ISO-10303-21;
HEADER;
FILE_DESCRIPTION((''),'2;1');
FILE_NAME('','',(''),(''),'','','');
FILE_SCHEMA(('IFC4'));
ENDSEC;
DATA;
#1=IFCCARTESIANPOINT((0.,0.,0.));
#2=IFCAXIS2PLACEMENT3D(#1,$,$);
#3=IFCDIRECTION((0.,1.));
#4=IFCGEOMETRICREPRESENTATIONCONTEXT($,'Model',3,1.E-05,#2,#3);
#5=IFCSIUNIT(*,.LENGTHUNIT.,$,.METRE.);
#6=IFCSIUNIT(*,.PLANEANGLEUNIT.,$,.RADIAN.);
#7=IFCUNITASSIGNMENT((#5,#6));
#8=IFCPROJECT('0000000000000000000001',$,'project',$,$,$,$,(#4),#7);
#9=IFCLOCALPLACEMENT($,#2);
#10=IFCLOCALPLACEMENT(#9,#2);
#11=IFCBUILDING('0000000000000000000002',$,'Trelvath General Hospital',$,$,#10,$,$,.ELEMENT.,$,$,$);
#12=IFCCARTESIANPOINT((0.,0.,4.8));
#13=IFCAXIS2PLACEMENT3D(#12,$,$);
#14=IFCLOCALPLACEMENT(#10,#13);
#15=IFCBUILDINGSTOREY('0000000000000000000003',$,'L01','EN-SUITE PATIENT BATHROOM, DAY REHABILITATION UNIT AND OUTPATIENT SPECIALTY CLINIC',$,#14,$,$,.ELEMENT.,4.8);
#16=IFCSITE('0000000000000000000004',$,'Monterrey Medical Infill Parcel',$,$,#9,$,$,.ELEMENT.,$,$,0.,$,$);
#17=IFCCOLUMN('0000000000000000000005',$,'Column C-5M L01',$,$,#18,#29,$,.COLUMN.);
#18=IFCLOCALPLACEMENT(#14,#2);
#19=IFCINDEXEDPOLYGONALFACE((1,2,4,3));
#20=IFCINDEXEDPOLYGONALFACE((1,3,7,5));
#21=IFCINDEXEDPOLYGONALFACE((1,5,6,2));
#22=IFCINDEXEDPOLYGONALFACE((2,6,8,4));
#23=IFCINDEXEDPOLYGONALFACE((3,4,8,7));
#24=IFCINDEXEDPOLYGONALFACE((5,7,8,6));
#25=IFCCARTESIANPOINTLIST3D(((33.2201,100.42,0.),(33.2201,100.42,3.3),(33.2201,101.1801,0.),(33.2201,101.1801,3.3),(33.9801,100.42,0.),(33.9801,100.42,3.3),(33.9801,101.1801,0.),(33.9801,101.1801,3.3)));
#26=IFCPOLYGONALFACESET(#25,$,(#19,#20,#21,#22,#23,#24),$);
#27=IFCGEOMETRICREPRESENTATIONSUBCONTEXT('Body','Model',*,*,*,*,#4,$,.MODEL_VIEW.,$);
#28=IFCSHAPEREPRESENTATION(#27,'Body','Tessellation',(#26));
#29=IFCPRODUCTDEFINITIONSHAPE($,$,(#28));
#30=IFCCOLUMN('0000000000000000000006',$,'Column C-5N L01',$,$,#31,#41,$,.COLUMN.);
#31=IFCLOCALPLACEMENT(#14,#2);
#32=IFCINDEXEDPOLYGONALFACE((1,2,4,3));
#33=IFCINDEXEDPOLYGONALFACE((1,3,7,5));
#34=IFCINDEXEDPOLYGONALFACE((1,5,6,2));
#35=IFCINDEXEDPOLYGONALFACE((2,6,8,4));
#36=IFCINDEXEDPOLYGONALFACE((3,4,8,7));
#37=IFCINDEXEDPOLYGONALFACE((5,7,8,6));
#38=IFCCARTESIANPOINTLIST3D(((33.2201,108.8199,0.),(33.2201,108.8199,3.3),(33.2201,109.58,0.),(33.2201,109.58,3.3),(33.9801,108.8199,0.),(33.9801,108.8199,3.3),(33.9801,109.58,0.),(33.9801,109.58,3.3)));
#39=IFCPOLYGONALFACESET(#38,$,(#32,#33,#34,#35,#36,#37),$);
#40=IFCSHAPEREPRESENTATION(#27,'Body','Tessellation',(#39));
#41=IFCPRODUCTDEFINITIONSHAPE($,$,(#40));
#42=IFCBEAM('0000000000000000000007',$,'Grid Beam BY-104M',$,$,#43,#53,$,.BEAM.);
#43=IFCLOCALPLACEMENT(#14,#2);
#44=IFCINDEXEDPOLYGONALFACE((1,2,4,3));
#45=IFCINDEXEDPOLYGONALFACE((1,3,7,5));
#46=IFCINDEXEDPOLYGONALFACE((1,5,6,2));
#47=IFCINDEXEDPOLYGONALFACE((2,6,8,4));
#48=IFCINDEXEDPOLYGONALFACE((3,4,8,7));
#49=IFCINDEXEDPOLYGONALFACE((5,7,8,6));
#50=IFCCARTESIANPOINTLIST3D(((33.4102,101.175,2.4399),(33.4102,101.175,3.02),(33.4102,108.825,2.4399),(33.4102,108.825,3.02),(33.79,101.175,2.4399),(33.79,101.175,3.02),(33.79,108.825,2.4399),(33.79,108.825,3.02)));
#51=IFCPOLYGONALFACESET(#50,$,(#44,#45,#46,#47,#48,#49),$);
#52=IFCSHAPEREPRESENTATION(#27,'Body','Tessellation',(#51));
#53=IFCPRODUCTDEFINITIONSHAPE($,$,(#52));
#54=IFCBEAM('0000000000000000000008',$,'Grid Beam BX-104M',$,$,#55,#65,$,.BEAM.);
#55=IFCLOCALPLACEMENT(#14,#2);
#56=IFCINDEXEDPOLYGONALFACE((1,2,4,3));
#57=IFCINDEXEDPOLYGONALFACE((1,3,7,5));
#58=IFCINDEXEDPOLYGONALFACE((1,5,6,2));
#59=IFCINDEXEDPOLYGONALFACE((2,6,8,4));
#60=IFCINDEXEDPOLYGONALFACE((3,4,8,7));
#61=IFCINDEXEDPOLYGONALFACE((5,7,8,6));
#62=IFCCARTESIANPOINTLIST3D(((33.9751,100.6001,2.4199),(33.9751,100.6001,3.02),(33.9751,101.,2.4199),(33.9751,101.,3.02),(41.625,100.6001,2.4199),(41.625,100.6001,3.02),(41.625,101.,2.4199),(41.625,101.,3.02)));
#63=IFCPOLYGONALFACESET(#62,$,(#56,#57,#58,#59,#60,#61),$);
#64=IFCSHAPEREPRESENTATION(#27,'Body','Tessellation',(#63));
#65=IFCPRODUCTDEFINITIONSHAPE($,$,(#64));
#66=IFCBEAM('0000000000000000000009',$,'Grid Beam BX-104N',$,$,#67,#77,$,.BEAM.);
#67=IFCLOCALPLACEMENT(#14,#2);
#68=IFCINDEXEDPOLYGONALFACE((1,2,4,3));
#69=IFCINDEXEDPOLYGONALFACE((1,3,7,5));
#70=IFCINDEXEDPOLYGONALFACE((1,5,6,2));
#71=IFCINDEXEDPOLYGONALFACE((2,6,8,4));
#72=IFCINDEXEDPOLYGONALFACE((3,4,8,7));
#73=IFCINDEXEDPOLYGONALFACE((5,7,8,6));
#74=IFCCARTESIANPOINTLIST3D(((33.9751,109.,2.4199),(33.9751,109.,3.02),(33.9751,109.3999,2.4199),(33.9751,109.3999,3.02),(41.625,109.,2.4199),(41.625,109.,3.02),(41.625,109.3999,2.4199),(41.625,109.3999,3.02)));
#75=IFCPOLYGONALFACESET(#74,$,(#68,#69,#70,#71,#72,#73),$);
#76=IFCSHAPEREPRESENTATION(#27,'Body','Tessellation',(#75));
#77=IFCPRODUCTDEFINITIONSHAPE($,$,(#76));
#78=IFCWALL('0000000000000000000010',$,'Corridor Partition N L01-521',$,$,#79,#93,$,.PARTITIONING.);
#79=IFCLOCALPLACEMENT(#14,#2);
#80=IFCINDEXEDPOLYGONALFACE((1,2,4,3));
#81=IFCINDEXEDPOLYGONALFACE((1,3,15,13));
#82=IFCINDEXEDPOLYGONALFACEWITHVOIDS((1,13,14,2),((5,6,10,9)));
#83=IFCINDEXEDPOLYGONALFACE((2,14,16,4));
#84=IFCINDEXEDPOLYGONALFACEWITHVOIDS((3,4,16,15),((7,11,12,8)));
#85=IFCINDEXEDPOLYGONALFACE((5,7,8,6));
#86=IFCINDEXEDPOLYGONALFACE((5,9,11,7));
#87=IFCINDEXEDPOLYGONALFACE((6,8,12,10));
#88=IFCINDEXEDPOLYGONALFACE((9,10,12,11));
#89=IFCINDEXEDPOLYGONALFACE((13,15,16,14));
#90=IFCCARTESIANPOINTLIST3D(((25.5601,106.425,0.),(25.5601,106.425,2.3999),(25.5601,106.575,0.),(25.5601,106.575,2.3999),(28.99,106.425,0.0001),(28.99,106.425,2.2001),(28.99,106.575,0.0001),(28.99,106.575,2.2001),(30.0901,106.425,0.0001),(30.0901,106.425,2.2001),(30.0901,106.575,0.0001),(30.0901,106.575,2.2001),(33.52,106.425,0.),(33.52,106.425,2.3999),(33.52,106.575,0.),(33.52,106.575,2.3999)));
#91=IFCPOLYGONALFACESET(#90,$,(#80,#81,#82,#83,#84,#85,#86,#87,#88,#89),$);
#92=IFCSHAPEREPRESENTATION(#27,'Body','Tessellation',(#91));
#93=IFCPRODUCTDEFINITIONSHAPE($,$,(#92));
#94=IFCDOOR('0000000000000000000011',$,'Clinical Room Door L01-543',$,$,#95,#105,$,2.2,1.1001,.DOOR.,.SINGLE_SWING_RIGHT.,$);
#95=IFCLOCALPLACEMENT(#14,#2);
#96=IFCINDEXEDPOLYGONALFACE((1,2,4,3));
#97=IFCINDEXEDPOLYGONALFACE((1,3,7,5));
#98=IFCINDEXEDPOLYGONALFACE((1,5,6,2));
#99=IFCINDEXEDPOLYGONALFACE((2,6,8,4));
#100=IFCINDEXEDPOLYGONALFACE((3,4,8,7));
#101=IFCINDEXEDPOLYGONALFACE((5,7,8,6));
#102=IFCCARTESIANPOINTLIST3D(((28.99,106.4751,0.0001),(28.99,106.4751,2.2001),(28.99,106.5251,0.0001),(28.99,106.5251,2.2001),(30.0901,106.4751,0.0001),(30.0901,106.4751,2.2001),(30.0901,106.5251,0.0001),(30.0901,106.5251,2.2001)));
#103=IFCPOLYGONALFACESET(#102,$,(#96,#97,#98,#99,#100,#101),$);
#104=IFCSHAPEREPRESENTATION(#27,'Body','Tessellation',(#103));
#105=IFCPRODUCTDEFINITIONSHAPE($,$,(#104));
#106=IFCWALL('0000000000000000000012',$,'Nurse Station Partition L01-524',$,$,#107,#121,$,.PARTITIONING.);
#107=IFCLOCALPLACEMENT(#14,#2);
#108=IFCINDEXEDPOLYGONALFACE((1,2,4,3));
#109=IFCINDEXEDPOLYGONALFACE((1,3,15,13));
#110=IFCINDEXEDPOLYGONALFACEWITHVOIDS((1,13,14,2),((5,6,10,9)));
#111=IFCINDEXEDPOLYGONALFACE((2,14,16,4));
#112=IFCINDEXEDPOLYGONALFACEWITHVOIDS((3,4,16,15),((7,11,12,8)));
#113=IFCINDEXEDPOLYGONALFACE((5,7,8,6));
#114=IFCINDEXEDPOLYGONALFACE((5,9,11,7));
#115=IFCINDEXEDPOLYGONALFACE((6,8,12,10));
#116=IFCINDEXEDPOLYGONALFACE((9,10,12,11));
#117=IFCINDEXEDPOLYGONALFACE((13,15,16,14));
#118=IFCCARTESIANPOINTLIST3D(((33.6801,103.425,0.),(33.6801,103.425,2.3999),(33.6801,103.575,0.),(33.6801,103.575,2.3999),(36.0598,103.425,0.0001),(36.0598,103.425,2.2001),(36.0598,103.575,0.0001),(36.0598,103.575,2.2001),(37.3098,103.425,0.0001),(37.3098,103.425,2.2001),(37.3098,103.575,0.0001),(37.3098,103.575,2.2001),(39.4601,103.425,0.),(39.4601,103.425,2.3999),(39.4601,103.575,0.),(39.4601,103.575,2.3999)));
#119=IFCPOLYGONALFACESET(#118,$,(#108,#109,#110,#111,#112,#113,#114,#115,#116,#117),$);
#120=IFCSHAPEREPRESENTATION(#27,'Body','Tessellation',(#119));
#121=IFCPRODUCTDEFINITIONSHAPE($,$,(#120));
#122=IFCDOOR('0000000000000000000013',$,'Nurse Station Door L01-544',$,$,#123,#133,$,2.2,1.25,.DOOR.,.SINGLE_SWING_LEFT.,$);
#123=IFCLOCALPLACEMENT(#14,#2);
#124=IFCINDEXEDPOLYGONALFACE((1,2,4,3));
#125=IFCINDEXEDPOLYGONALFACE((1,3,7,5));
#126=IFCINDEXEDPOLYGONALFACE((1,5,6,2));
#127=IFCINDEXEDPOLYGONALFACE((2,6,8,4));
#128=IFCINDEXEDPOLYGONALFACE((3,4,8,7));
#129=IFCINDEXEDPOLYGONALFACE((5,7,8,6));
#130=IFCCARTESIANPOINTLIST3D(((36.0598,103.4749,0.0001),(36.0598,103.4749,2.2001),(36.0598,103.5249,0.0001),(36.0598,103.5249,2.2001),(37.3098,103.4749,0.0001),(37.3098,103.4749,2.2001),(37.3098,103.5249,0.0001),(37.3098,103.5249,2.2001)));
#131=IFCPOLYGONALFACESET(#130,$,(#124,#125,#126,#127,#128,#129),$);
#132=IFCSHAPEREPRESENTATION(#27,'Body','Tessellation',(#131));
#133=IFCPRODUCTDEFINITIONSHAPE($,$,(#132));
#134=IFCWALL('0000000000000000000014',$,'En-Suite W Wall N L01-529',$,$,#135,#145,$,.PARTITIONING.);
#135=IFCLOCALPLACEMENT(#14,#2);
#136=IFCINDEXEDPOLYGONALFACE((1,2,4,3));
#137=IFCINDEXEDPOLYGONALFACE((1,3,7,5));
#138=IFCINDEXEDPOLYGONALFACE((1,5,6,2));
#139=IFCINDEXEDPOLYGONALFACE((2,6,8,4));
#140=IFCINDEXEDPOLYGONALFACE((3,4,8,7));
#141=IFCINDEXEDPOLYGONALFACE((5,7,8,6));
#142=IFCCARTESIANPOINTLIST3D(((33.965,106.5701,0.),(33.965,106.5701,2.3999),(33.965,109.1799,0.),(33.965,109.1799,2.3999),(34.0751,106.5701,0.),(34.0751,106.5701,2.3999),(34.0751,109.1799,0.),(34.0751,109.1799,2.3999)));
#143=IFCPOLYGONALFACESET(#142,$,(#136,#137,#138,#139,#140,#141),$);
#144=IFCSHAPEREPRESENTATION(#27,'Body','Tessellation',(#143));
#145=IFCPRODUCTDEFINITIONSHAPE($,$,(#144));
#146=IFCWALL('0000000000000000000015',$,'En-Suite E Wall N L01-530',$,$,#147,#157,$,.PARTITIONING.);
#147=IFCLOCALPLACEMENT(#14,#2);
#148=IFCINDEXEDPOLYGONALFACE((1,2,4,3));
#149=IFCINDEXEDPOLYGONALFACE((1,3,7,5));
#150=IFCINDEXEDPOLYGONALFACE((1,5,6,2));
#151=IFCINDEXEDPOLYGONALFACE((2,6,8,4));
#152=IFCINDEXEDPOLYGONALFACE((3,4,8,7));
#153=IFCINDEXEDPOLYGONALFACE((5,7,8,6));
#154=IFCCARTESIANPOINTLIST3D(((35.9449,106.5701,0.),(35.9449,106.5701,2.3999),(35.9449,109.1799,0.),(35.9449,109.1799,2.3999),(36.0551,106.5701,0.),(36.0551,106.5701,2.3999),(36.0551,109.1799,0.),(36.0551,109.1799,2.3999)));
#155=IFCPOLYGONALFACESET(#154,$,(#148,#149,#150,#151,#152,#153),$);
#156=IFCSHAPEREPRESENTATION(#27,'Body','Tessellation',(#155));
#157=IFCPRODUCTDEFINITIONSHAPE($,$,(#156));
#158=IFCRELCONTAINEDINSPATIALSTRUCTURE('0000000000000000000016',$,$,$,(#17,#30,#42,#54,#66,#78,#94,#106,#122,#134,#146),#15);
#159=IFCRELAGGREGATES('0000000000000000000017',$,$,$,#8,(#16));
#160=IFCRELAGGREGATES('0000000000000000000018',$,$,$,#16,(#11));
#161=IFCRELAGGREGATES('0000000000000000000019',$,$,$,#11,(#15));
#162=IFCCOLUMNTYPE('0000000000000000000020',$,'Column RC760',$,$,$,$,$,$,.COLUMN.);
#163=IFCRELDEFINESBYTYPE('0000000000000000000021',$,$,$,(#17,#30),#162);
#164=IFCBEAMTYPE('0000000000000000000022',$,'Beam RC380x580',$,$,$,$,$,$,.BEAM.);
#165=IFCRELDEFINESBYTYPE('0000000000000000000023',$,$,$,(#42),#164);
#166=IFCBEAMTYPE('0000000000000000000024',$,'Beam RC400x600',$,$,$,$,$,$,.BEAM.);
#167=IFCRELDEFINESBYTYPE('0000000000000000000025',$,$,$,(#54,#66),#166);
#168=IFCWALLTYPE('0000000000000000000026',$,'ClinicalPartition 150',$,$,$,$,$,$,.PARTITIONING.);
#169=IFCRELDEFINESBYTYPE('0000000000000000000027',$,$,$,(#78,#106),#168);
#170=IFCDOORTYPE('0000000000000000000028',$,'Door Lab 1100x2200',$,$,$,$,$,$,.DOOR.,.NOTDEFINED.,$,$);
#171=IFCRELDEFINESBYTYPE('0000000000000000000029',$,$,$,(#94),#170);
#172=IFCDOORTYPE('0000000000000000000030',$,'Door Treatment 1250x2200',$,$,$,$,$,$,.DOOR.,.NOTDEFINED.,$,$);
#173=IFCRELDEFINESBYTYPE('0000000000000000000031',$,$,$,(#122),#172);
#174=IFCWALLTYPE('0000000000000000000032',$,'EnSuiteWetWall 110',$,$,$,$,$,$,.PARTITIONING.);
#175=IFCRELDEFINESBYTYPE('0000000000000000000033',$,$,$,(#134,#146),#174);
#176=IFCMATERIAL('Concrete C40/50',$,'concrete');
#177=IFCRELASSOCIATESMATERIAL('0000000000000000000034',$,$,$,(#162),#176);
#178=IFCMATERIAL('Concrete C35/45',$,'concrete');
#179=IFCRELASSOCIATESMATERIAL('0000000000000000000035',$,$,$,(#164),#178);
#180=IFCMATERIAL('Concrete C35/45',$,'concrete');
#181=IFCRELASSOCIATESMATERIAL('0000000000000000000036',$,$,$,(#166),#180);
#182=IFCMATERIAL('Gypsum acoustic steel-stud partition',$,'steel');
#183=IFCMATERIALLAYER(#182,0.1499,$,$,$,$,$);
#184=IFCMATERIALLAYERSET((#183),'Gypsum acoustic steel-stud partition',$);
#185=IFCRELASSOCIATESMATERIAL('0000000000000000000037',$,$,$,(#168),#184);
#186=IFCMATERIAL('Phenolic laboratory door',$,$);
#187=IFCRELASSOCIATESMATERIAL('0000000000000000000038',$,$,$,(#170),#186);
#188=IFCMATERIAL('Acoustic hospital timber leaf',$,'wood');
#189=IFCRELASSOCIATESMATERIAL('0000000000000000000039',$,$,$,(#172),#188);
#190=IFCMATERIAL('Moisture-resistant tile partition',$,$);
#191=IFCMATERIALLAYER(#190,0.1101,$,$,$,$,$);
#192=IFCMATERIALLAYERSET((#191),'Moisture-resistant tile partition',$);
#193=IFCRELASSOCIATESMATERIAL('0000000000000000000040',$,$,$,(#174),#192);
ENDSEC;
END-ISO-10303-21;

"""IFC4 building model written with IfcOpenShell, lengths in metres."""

from ifc_helpers import new_model, si_unit, direction, frame, frame_2d, origin, origin_2d, place, context, subcontext, project, spatial, rectangle, extrude, material, layer, layer_set, material_profile, profile_set, type_object, element, fill, save


model = new_model("IFC4")

# Units and contexts
model_context = context("Model", 3, precision=1e-05, world=origin(), true_north=direction((0.0, 1.0)))
body_context = subcontext(model_context, "Body", "Model", "MODEL_VIEW")
ifc_project = project(units=[si_unit("LENGTHUNIT", "METRE"), si_unit("PLANEANGLEUNIT", "RADIAN")], contexts=[model_context])

# Site, building, storey
site_placement = place(None, origin())
site = spatial("IfcSite", under=ifc_project, at=site_placement, Name="Monterrey Medical Infill Parcel", CompositionType="ELEMENT", RefElevation=0.0)
building_placement = place(site_placement, origin())
building = spatial("IfcBuilding", under=site, at=building_placement, Name="Trelvath General Hospital", CompositionType="ELEMENT")
storey_placement = place(building_placement, frame((0.0, 0.0, 4.8)))
storey = spatial("IfcBuildingStorey", under=building, at=storey_placement, Name="L01", Description="EN-SUITE PATIENT BATHROOM, DAY REHABILITATION UNIT AND OUTPATIENT SPECIALTY CLINIC", CompositionType="ELEMENT", Elevation=4.8)

# Columns
ifc_material_1 = material(Name="Concrete C40/50", Category="concrete")
ifc_material_profile_1 = material_profile(ifc_material_1, rectangle(XDim=0.76, YDim=0.76, at=origin_2d()), Name="RC760x760")
ifc_profile_set_1 = profile_set([ifc_material_profile_1], Name="Concrete C40/50")
column_type = type_object("IfcColumnType", Name="Column RC760", PredefinedType="COLUMN", material=ifc_profile_set_1)
for number, where, z_axis, x_axis, name in (
    (1, (33.6001, 100.8, 0.0), (0.0, 0.0, 1.0), (1.0, 0.0, 0.0), "Column C-5M L01"),
    (2, (33.6001, 109.2, 0.0), (0.0, 0.0, 1.0), (1.0, 0.0, 0.0), "Column C-5N L01"),
):
    element("IfcColumn", number, at=place(storey_placement, frame(where, z_axis=z_axis, x_axis=x_axis)), inside=storey, type_object=column_type, Name=name, PredefinedType="COLUMN", context=body_context, shape_type="SweptSolid", body=[
        extrude(rectangle(XDim=0.76, YDim=0.76, at=origin_2d()), origin(), (0.0, 0.0, 1.0), 3.3),
    ])

# Beams
ifc_material_2 = material(Name="Concrete C35/45", Category="concrete")
ifc_material_profile_2 = material_profile(ifc_material_2, rectangle(XDim=0.3799, YDim=0.5801, at=origin_2d()), Name="RCB380x580")
ifc_profile_set_2 = profile_set([ifc_material_profile_2], Name="Concrete C35/45")
beam_type_1 = type_object("IfcBeamType", Name="Beam RC380x580", PredefinedType="BEAM", material=ifc_profile_set_2)
beam_placement = place(storey_placement, frame((33.6001, 101.175, 2.73), z_axis=(0.0, 1.0, 0.0), x_axis=(-1.0, 0.0, 0.0)))
element("IfcBeam", 3, at=beam_placement, inside=storey, type_object=beam_type_1, Name="Grid Beam BY-104M", PredefinedType="BEAM", context=body_context, shape_type="SweptSolid", body=[
    extrude(rectangle(XDim=0.3799, YDim=0.5801, at=origin_2d()), origin(), (0.0, 0.0, 1.0), 7.6499),
])
ifc_material_3 = material(Name="Concrete C35/45", Category="concrete")
ifc_material_profile_3 = material_profile(ifc_material_3, rectangle(XDim=0.3999, YDim=0.6001, at=origin_2d()), Name="RCB400x600")
ifc_profile_set_3 = profile_set([ifc_material_profile_3], Name="Concrete C35/45")
beam_type_2 = type_object("IfcBeamType", Name="Beam RC400x600", PredefinedType="BEAM", material=ifc_profile_set_3)
for number, where, z_axis, x_axis, name in (
    (4, (33.9751, 100.8, 2.72), (1.0, 0.0, 0.0), (0.0, 1.0, 0.0), "Grid Beam BX-104M"),
    (5, (33.9751, 109.2, 2.72), (1.0, 0.0, 0.0), (0.0, 1.0, 0.0), "Grid Beam BX-104N"),
):
    element("IfcBeam", number, at=place(storey_placement, frame(where, z_axis=z_axis, x_axis=x_axis)), inside=storey, type_object=beam_type_2, Name=name, PredefinedType="BEAM", context=body_context, shape_type="SweptSolid", body=[
        extrude(rectangle(XDim=0.3999, YDim=0.6001, at=origin_2d()), origin(), (0.0, 0.0, 1.0), 7.6499),
    ])

# Walls, openings, doors
ifc_material_4 = material(Name="Gypsum acoustic steel-stud partition", Category="steel")
ifc_layer_1 = layer(ifc_material_4, 0.1499)
ifc_layer_set_1 = layer_set([ifc_layer_1], Name="Gypsum acoustic steel-stud partition")
wall_type_1 = type_object("IfcWallType", Name="ClinicalPartition 150", PredefinedType="PARTITIONING", material=ifc_layer_set_1)
wall_1_placement = place(storey_placement, frame((33.52, 106.5, 0.0), z_axis=(0.0, 0.0, 1.0), x_axis=(-1.0, 0.0, 0.0)))
wall_1 = element("IfcWall", 6, at=wall_1_placement, inside=storey, type_object=wall_type_1, Name="Corridor Partition N L01-521", PredefinedType="PARTITIONING", context=body_context, shape_type="SweptSolid", body=[
    extrude(rectangle(XDim=7.96, YDim=0.1499, at=frame_2d((3.98, 0.0))), origin(), (0.0, 0.0, 1.0), 2.3999),
])
opening_1_placement = place(wall_1_placement, frame((3.4299, 0.0, 0.0)))
opening_1 = element("IfcOpeningElement", 7, at=opening_1_placement, cuts=wall_1, PredefinedType="OPENING", context=body_context, shape_type="SweptSolid", body=[
    extrude(rectangle(XDim=1.1001, YDim=2.2, at=frame_2d((0.55, 1.1001))), frame((0.0, 0.085, 0.0), z_axis=(0.0, -1.0, 0.0), x_axis=(1.0, 0.0, 0.0)), (0.0, 0.0, 1.0), 0.1699),
])
ifc_material_5 = material(Name="Phenolic laboratory door")
door_type_1 = type_object("IfcDoorType", Name="Door Lab 1100x2200", OperationType="NOTDEFINED", PredefinedType="DOOR", material=ifc_material_5)
door_1_placement = place(opening_1_placement, origin())
door_1 = element("IfcDoor", 8, at=door_1_placement, inside=storey, type_object=door_type_1, Name="Clinical Room Door L01-543", OperationType="SINGLE_SWING_RIGHT", OverallHeight=2.2, OverallWidth=1.1001, PredefinedType="DOOR", context=body_context, shape_type="SweptSolid", body=[
    extrude(rectangle(XDim=1.1001, YDim=2.2, at=frame_2d((0.55, 1.1001))), frame((0.0, 0.0249, 0.0), z_axis=(0.0, -1.0, 0.0), x_axis=(1.0, 0.0, 0.0)), (0.0, 0.0, 1.0), 0.05),
])
fill(opening_1, door_1)
wall_2_placement = place(storey_placement, frame((33.6799, 103.5, 0.0), z_axis=(0.0, 0.0, 1.0), x_axis=(1.0, 0.0, 0.0)))
wall_2 = element("IfcWall", 9, at=wall_2_placement, inside=storey, type_object=wall_type_1, Name="Nurse Station Partition L01-524", PredefinedType="PARTITIONING", context=body_context, shape_type="SweptSolid", body=[
    extrude(rectangle(XDim=5.78, YDim=0.1499, at=frame_2d((2.8901, 0.0))), origin(), (0.0, 0.0, 1.0), 2.3999),
])
opening_2_placement = place(wall_2_placement, frame((2.3799, 0.0, 0.0)))
opening_2 = element("IfcOpeningElement", 10, at=opening_2_placement, cuts=wall_2, PredefinedType="OPENING", context=body_context, shape_type="SweptSolid", body=[
    extrude(rectangle(XDim=1.25, YDim=2.2, at=frame_2d((0.625, 1.1001))), frame((0.0, 0.085, 0.0), z_axis=(0.0, -1.0, 0.0), x_axis=(1.0, 0.0, 0.0)), (0.0, 0.0, 1.0), 0.1699),
])
ifc_material_6 = material(Name="Acoustic hospital timber leaf", Category="wood")
door_type_2 = type_object("IfcDoorType", Name="Door Treatment 1250x2200", OperationType="NOTDEFINED", PredefinedType="DOOR", material=ifc_material_6)
door_2_placement = place(opening_2_placement, origin())
door_2 = element("IfcDoor", 11, at=door_2_placement, inside=storey, type_object=door_type_2, Name="Nurse Station Door L01-544", OperationType="SINGLE_SWING_LEFT", OverallHeight=2.2, OverallWidth=1.25, PredefinedType="DOOR", context=body_context, shape_type="SweptSolid", body=[
    extrude(rectangle(XDim=1.25, YDim=2.2, at=frame_2d((0.625, 1.1001))), frame((0.0, 0.0249, 0.0), z_axis=(0.0, -1.0, 0.0), x_axis=(1.0, 0.0, 0.0)), (0.0, 0.0, 1.0), 0.05),
])
fill(opening_2, door_2)

# Walls
ifc_material_7 = material(Name="Moisture-resistant tile partition")
ifc_layer_2 = layer(ifc_material_7, 0.1101)
ifc_layer_set_2 = layer_set([ifc_layer_2], Name="Moisture-resistant tile partition")
wall_type_2 = type_object("IfcWallType", Name="EnSuiteWetWall 110", PredefinedType="PARTITIONING", material=ifc_layer_set_2)
for number, where, z_axis, x_axis, name in (
    (12, (34.02, 106.5701, 0.0), (0.0, 0.0, 1.0), (0.0, 1.0, 0.0), "En-Suite W Wall N L01-529"),
    (13, (36.0, 106.5701, 0.0), (0.0, 0.0, 1.0), (0.0, 1.0, 0.0), "En-Suite E Wall N L01-530"),
):
    element("IfcWall", number, at=place(storey_placement, frame(where, z_axis=z_axis, x_axis=x_axis)), inside=storey, type_object=wall_type_2, Name=name, PredefinedType="PARTITIONING", context=body_context, shape_type="SweptSolid", body=[
        extrude(rectangle(XDim=2.6099, YDim=0.1101, at=frame_2d((1.3049, 0.0))), origin(), (0.0, 0.0, 1.0), 2.3999),
    ])

save(model, "model.ifc")
